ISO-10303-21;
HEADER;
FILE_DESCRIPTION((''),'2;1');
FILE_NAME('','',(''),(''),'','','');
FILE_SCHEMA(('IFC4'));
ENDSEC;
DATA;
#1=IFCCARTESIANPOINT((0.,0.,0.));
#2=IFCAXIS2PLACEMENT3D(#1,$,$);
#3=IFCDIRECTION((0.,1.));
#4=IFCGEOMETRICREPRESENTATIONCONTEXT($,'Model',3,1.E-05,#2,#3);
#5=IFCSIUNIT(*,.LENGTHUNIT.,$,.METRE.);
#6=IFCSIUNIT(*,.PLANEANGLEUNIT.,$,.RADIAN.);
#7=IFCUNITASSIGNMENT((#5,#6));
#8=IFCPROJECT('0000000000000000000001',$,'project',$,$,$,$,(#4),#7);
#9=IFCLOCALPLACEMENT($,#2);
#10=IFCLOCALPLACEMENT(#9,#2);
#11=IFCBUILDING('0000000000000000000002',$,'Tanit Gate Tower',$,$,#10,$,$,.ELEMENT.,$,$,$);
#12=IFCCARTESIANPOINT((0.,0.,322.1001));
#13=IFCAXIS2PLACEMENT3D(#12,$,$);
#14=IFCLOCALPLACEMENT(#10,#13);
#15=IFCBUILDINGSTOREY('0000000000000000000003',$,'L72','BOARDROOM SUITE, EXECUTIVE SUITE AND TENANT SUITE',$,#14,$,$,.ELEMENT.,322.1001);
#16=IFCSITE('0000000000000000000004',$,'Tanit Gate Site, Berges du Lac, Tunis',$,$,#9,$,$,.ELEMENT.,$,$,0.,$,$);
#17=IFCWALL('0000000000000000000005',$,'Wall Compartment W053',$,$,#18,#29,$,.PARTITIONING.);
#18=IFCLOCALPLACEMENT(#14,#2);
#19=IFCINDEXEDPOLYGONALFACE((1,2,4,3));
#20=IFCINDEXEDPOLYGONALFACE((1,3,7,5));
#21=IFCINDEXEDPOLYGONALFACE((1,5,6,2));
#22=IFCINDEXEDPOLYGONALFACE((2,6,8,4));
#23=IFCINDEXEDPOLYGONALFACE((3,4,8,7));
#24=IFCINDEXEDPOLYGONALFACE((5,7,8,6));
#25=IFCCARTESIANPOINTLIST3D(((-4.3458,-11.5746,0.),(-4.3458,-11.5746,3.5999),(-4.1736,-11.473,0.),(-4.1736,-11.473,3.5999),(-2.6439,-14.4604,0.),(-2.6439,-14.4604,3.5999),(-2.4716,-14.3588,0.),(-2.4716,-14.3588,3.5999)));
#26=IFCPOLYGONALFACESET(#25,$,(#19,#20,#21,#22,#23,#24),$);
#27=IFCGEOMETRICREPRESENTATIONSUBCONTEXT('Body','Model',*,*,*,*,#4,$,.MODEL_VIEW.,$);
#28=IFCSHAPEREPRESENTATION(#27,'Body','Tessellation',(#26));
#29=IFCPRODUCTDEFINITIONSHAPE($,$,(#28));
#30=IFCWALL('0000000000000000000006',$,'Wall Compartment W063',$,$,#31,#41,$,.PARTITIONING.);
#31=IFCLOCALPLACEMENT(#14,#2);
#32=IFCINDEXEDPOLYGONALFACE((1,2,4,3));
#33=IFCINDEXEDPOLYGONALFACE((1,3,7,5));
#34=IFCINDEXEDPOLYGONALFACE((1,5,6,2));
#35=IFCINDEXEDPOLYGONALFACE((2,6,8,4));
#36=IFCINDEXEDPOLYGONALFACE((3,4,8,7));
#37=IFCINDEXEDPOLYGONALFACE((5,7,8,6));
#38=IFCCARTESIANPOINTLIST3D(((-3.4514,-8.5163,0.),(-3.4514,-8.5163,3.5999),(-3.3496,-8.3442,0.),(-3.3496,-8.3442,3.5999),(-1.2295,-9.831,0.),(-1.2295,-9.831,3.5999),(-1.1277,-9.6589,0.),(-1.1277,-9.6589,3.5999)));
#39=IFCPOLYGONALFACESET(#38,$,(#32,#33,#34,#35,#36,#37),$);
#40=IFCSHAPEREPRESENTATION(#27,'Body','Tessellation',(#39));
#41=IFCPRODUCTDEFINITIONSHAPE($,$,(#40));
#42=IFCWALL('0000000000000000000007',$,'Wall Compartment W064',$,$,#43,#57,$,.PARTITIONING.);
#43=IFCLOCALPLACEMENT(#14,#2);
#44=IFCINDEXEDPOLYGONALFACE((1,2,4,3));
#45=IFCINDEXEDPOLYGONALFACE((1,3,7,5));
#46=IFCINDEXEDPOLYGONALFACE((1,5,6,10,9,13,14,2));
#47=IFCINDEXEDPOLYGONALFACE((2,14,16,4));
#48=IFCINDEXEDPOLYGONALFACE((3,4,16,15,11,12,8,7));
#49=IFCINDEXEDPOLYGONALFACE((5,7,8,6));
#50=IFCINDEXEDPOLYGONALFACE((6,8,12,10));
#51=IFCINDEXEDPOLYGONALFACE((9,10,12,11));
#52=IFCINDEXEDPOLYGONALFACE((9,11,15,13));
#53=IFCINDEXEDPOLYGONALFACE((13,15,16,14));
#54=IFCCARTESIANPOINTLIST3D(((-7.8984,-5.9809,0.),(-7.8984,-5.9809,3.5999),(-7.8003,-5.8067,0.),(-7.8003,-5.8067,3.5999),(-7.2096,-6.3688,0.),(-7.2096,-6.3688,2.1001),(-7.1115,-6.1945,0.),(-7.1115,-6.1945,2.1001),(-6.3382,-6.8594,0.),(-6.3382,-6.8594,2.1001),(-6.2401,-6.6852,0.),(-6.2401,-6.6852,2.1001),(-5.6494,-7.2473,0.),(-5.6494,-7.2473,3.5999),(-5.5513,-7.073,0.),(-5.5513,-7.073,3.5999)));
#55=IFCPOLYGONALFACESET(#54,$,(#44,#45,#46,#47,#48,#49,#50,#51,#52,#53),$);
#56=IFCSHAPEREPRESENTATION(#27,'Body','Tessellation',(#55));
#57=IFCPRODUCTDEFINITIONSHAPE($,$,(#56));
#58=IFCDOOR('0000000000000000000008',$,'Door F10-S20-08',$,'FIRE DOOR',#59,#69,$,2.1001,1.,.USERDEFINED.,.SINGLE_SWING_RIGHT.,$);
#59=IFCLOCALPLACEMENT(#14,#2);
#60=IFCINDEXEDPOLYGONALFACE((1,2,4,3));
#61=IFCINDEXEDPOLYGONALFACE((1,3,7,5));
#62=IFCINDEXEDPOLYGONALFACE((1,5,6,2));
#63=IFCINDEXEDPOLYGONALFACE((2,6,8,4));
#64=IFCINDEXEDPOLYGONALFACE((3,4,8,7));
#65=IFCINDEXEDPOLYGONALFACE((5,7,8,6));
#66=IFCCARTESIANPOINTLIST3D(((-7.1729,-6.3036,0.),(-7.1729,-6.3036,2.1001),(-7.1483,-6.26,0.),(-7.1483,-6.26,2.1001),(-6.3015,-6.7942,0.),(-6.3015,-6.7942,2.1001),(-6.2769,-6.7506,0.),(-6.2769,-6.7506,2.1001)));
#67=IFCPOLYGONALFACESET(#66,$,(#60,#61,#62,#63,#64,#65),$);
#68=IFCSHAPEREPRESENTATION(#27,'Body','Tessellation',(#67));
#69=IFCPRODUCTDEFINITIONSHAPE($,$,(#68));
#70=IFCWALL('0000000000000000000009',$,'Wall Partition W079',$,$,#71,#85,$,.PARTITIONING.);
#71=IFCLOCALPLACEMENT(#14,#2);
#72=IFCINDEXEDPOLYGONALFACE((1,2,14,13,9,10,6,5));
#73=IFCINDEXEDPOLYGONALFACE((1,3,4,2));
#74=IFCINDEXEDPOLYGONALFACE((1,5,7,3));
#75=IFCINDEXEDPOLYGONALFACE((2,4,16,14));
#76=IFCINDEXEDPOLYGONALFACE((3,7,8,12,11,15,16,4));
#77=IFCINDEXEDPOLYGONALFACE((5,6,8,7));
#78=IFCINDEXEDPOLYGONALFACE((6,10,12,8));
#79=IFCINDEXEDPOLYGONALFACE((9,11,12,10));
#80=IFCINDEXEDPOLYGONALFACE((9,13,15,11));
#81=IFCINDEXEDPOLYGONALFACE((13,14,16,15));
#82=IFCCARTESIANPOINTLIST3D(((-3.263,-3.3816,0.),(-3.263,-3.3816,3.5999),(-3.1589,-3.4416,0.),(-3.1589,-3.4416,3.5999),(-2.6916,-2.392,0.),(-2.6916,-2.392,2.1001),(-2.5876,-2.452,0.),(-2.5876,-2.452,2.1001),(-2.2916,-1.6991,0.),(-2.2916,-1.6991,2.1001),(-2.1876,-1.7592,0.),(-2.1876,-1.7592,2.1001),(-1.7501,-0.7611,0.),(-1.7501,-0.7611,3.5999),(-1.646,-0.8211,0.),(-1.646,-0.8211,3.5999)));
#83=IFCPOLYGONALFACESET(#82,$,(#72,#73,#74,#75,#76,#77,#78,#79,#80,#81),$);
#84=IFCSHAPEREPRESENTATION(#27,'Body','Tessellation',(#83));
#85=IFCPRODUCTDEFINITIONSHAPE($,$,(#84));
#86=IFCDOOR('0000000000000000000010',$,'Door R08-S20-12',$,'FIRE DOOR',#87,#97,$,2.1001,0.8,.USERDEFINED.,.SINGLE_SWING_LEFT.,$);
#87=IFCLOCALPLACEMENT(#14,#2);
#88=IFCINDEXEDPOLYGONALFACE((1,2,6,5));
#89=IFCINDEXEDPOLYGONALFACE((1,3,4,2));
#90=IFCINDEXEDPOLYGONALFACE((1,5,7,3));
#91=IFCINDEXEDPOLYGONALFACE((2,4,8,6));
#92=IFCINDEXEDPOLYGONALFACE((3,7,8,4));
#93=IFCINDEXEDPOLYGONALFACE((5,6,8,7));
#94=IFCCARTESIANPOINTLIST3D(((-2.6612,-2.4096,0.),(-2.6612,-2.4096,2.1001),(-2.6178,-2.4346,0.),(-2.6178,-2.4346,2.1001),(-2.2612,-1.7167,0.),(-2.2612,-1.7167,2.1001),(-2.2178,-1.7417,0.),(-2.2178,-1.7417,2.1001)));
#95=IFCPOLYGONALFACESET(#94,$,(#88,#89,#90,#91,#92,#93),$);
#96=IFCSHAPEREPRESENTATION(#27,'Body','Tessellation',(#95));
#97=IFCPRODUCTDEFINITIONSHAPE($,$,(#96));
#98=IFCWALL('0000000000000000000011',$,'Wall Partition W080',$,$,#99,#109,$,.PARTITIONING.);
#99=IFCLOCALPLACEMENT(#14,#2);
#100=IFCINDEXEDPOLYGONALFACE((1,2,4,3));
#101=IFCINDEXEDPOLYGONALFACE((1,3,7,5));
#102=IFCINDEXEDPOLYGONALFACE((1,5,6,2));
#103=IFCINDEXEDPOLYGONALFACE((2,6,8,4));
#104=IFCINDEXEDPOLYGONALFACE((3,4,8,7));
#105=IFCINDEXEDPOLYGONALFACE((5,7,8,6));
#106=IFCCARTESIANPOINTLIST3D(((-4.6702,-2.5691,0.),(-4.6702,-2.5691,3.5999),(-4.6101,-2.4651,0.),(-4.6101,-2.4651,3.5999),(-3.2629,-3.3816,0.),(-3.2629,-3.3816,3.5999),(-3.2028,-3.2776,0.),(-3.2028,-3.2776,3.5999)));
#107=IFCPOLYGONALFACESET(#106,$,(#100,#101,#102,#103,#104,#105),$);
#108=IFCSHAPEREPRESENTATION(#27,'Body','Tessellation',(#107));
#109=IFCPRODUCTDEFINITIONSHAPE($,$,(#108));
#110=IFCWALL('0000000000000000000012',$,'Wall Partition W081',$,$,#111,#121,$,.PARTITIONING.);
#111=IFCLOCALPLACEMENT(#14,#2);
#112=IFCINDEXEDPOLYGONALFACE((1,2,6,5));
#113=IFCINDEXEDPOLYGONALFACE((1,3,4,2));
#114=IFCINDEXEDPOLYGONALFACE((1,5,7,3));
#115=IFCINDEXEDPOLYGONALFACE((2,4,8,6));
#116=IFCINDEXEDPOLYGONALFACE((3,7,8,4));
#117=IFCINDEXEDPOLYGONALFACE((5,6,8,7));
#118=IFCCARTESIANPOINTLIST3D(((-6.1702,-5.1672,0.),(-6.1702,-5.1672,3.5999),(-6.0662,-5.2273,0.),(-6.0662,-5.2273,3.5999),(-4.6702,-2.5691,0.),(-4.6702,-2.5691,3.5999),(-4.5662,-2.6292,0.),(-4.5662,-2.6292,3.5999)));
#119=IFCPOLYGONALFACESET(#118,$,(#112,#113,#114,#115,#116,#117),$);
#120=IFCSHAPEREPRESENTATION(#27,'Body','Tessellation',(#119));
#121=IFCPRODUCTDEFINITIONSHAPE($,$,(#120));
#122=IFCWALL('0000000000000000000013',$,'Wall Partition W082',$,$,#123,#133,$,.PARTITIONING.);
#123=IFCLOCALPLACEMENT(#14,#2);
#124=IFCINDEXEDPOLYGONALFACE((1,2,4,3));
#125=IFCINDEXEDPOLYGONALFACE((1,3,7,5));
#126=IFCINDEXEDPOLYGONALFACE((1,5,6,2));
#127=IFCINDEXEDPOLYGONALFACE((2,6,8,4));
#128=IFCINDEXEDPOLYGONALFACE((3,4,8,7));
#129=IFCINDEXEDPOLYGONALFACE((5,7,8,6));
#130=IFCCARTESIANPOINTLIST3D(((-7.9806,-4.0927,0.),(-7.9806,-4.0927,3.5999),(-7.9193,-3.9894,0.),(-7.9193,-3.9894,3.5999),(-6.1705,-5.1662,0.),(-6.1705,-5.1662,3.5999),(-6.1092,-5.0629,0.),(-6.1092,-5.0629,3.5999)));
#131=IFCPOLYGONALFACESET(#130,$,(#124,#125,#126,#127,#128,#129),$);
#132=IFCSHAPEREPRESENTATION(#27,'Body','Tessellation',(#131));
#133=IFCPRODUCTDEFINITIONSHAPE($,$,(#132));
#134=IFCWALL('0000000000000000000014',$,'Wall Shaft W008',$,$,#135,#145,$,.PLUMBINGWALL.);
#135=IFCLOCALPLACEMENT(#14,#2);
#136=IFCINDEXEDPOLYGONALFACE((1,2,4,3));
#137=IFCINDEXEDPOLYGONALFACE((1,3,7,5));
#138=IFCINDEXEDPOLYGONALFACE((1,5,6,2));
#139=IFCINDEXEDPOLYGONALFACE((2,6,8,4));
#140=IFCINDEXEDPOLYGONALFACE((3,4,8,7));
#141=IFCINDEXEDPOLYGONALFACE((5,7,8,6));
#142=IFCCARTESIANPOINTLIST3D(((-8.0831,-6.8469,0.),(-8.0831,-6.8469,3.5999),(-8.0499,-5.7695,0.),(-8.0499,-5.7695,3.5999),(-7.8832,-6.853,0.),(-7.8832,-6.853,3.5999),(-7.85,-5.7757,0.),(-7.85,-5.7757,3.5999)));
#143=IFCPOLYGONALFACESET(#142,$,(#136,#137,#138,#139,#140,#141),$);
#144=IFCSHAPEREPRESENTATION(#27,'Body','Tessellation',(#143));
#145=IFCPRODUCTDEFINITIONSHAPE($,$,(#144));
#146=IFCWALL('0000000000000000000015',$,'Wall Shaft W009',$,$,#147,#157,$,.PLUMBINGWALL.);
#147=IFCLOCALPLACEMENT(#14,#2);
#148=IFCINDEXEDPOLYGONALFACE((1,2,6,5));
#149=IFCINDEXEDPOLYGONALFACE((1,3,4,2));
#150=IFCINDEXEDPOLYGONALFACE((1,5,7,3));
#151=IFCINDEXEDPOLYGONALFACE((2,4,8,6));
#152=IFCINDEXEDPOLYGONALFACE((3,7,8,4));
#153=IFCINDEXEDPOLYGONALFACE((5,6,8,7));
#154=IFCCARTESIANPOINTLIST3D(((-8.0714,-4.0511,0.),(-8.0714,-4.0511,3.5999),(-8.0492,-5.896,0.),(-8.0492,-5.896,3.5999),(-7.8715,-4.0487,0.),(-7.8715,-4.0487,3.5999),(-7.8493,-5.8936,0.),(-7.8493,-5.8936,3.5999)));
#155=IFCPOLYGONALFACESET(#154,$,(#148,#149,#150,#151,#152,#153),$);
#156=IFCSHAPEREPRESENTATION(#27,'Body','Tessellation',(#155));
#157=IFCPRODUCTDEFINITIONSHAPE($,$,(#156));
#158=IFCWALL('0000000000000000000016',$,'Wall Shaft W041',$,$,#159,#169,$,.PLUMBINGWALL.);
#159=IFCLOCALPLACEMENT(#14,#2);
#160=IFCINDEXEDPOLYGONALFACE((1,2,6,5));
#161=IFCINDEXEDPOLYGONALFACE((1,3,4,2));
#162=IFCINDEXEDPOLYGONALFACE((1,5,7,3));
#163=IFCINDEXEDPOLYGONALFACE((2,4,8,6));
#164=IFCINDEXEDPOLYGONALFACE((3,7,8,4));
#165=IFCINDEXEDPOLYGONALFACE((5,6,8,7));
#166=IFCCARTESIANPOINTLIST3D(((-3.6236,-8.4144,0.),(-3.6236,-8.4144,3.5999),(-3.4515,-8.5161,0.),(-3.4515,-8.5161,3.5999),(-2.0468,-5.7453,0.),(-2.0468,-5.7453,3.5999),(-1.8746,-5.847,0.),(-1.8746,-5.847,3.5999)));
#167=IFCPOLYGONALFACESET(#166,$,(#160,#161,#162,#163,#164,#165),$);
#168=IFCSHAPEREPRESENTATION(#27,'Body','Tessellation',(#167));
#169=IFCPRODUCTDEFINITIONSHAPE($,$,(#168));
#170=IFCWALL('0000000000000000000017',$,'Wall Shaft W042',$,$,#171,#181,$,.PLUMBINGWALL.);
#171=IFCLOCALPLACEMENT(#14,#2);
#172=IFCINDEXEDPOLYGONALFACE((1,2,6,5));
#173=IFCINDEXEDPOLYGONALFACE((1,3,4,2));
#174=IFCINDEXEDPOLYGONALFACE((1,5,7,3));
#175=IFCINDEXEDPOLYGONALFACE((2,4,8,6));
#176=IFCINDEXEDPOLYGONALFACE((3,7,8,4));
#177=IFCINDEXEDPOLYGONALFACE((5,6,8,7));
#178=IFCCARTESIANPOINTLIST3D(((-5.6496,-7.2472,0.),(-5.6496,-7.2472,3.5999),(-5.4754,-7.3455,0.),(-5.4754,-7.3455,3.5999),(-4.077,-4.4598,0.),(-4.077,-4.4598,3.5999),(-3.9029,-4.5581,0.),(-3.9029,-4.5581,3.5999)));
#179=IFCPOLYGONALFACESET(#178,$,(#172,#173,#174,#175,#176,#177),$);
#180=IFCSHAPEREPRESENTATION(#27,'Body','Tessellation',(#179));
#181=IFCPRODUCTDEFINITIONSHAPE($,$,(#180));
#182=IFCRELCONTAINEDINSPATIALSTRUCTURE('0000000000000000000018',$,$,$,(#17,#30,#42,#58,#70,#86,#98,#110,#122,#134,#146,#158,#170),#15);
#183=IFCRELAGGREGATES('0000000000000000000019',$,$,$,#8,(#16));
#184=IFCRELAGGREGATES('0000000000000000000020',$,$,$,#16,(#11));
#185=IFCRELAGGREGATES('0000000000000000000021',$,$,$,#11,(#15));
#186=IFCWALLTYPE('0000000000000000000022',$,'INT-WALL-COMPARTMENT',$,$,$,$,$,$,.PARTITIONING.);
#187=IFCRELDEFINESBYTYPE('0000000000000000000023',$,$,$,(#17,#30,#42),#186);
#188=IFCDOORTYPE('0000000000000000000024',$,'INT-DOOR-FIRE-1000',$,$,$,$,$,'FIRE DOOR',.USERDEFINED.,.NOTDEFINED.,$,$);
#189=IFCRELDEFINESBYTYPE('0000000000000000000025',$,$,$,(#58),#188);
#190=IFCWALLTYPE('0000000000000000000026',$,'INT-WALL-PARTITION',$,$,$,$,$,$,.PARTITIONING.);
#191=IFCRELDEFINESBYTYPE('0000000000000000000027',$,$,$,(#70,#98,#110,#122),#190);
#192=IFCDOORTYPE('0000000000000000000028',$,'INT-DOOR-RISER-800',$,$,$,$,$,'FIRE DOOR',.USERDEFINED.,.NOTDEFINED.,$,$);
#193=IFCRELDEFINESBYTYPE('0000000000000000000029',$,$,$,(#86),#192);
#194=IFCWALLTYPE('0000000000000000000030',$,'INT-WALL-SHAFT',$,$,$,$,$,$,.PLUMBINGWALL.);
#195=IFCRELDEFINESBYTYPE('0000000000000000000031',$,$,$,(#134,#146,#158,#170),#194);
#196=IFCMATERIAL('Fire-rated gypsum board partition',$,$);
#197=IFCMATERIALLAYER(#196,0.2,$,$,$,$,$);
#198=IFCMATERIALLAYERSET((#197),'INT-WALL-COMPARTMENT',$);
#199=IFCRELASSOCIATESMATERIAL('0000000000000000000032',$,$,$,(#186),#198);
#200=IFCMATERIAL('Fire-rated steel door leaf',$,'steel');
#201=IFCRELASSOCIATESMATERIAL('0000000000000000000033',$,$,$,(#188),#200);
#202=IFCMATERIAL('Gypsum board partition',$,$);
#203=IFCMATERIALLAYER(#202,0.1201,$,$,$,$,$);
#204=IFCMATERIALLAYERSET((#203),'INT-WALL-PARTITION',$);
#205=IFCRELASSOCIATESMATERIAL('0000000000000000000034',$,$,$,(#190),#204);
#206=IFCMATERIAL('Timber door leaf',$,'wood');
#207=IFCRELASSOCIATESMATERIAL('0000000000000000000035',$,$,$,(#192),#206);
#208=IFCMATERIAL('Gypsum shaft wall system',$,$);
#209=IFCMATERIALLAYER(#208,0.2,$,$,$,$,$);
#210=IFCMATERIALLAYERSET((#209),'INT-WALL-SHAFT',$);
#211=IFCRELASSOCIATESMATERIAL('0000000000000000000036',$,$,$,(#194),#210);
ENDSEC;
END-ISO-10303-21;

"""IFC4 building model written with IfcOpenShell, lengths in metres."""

from ifc_helpers import new_model, si_unit, direction, frame, frame_2d, origin, place, context, subcontext, project, spatial, rectangle, extrude, material, layer, layer_set, type_object, element, fill, save


model = new_model("IFC4")

# Units and contexts
model_context = context("Model", 3, precision=1e-05, world=origin(), true_north=direction((0.0, 1.0)))
body_context = subcontext(model_context, "Body", "Model", "MODEL_VIEW")
ifc_project = project(units=[si_unit("LENGTHUNIT", "METRE"), si_unit("PLANEANGLEUNIT", "RADIAN")], contexts=[model_context])

# Site, building, storey
site_placement = place(None, origin())
site = spatial("IfcSite", under=ifc_project, at=site_placement, Name="Tanit Gate Site, Berges du Lac, Tunis", CompositionType="ELEMENT", RefElevation=0.0)
building_placement = place(site_placement, origin())
building = spatial("IfcBuilding", under=site, at=building_placement, Name="Tanit Gate Tower", CompositionType="ELEMENT")
storey_placement = place(building_placement, frame((0.0, 0.0, 322.1001)))
storey = spatial("IfcBuildingStorey", under=building, at=storey_placement, Name="L72", Description="BOARDROOM SUITE, EXECUTIVE SUITE AND TENANT SUITE", CompositionType="ELEMENT", Elevation=322.1001)

# Walls
ifc_material_1 = material(Name="Fire-rated gypsum board partition")
ifc_layer_1 = layer(ifc_material_1, 0.2)
ifc_layer_set_1 = layer_set([ifc_layer_1], Name="INT-WALL-COMPARTMENT")
wall_type_1 = type_object("IfcWallType", Name="INT-WALL-COMPARTMENT", PredefinedType="PARTITIONING", material=ifc_layer_set_1)
wall_1_placement = place(storey_placement, frame((-4.2598, -11.5237, 0.0), z_axis=(0.0, 0.0, 1.0), x_axis=(0.507997, -0.861359, 0.0)))
element("IfcWall", 1, at=wall_1_placement, inside=storey, type_object=wall_type_1, Name="Wall Compartment W053", PredefinedType="PARTITIONING", context=body_context, shape_type="SweptSolid", body=[
    extrude(rectangle(XDim=3.3503, YDim=0.2, at=frame_2d((1.6753, 0.0))), origin(), (0.0, 0.0, 1.0), 3.5999),
])
wall_2_placement = place(storey_placement, frame((-3.4006, -8.4302, 0.0), z_axis=(0.0, 0.0, 1.0), x_axis=(0.860631, -0.509229, 0.0)))
element("IfcWall", 2, at=wall_2_placement, inside=storey, type_object=wall_type_1, Name="Wall Compartment W063", PredefinedType="PARTITIONING", context=body_context, shape_type="SweptSolid", body=[
    extrude(rectangle(XDim=2.5818, YDim=0.2, at=frame_2d((1.291, 0.0))), origin(), (0.0, 0.0, 1.0), 3.5999),
])

# Walls, openings, doors
wall_3_placement = place(storey_placement, frame((-7.8494, -5.8938, 0.0), z_axis=(0.0, 0.0, 1.0), x_axis=(0.871363, -0.490638, 0.0)))
wall_3 = element("IfcWall", 3, at=wall_3_placement, inside=storey, type_object=wall_type_1, Name="Wall Compartment W064", PredefinedType="PARTITIONING", context=body_context, shape_type="SweptSolid", body=[
    extrude(rectangle(XDim=2.5811, YDim=0.2, at=frame_2d((1.2905, 0.0))), origin(), (0.0, 0.0, 1.0), 3.5999),
])
opening_1_placement = place(wall_3_placement, frame((0.7905, 0.0, 0.0)))
opening_1 = element("IfcOpeningElement", 4, at=opening_1_placement, cuts=wall_3, PredefinedType="OPENING", context=body_context, shape_type="SweptSolid", body=[
    extrude(rectangle(XDim=1.0, YDim=2.1001, at=frame_2d((0.5, 1.05))), frame((0.0, 0.1099, 0.0), z_axis=(0.0, -1.0, 0.0), x_axis=(1.0, 0.0, 0.0)), (0.0, 0.0, 1.0), 0.22),
])
ifc_material_2 = material(Name="Fire-rated steel door leaf", Category="steel")
door_type_1 = type_object("IfcDoorType", Name="INT-DOOR-FIRE-1000", ElementType="FIRE DOOR", OperationType="NOTDEFINED", PredefinedType="USERDEFINED", material=ifc_material_2)
door_1_placement = place(opening_1_placement, origin())
door_1 = element("IfcDoor", 5, at=door_1_placement, inside=storey, type_object=door_type_1, Name="Door F10-S20-08", ObjectType="FIRE DOOR", OperationType="SINGLE_SWING_RIGHT", OverallHeight=2.1001, OverallWidth=1.0, PredefinedType="USERDEFINED", context=body_context, shape_type="SweptSolid", body=[
    extrude(rectangle(XDim=1.0, YDim=2.1001, at=frame_2d((0.5, 1.05))), frame((0.0, 0.0249, 0.0), z_axis=(0.0, -1.0, 0.0), x_axis=(1.0, 0.0, 0.0)), (0.0, 0.0, 1.0), 0.05),
])
fill(opening_1, door_1)
ifc_material_3 = material(Name="Gypsum board partition")
ifc_layer_2 = layer(ifc_material_3, 0.1201)
ifc_layer_set_2 = layer_set([ifc_layer_2], Name="INT-WALL-PARTITION")
wall_type_2 = type_object("IfcWallType", Name="INT-WALL-PARTITION", PredefinedType="PARTITIONING", material=ifc_layer_set_2)
wall_4_placement = place(storey_placement, frame((-3.2109, -3.4116, 0.0), z_axis=(0.0, 0.0, 1.0), x_axis=(0.499983, 0.866035, 0.0)))
wall_4 = element("IfcWall", 6, at=wall_4_placement, inside=storey, type_object=wall_type_2, Name="Wall Partition W079", PredefinedType="PARTITIONING", context=body_context, shape_type="SweptSolid", body=[
    extrude(rectangle(XDim=3.0259, YDim=0.1201, at=frame_2d((1.5129, 0.0))), origin(), (0.0, 0.0, 1.0), 3.5999),
])
opening_2_placement = place(wall_4_placement, frame((1.1428, 0.0, 0.0)))
opening_2 = element("IfcOpeningElement", 7, at=opening_2_placement, cuts=wall_4, PredefinedType="OPENING", context=body_context, shape_type="SweptSolid", body=[
    extrude(rectangle(XDim=0.8, YDim=2.1001, at=frame_2d((0.3999, 1.05))), frame((0.0, 0.0701, 0.0), z_axis=(0.0, -1.0, 0.0), x_axis=(1.0, 0.0, 0.0)), (0.0, 0.0, 1.0), 0.1401),
])
ifc_material_4 = material(Name="Timber door leaf", Category="wood")
door_type_2 = type_object("IfcDoorType", Name="INT-DOOR-RISER-800", ElementType="FIRE DOOR", OperationType="NOTDEFINED", PredefinedType="USERDEFINED", material=ifc_material_4)
door_2_placement = place(opening_2_placement, origin())
door_2 = element("IfcDoor", 8, at=door_2_placement, inside=storey, type_object=door_type_2, Name="Door R08-S20-12", ObjectType="FIRE DOOR", OperationType="SINGLE_SWING_LEFT", OverallHeight=2.1001, OverallWidth=0.8, PredefinedType="USERDEFINED", context=body_context, shape_type="SweptSolid", body=[
    extrude(rectangle(XDim=0.8, YDim=2.1001, at=frame_2d((0.3999, 1.05))), frame((0.0, 0.0249, 0.0), z_axis=(0.0, -1.0, 0.0), x_axis=(1.0, 0.0, 0.0)), (0.0, 0.0, 1.0), 0.05),
])
fill(opening_2, door_2)

# Walls
wall_5_placement = place(storey_placement, frame((-4.6401, -2.5171, 0.0), z_axis=(0.0, 0.0, 1.0), x_axis=(0.866015, -0.500017, 0.0)))
element("IfcWall", 9, at=wall_5_placement, inside=storey, type_object=wall_type_2, Name="Wall Partition W080", PredefinedType="PARTITIONING", context=body_context, shape_type="SweptSolid", body=[
    extrude(rectangle(XDim=1.625, YDim=0.1201, at=frame_2d((0.8125, 0.0))), origin(), (0.0, 0.0, 1.0), 3.5999),
])
wall_6_placement = place(storey_placement, frame((-6.1182, -5.1973, 0.0), z_axis=(0.0, 0.0, 1.0), x_axis=(0.49999, 0.866031, 0.0)))
element("IfcWall", 10, at=wall_6_placement, inside=storey, type_object=wall_type_2, Name="Wall Partition W081", PredefinedType="PARTITIONING", context=body_context, shape_type="SweptSolid", body=[
    extrude(rectangle(XDim=3.0, YDim=0.1201, at=frame_2d((1.5, 0.0))), origin(), (0.0, 0.0, 1.0), 3.5999),
])
wall_7_placement = place(storey_placement, frame((-7.95, -4.041, 0.0), z_axis=(0.0, 0.0, 1.0), x_axis=(0.860112, -0.510104, 0.0)))
element("IfcWall", 11, at=wall_7_placement, inside=storey, type_object=wall_type_2, Name="Wall Partition W082", PredefinedType="PARTITIONING", context=body_context, shape_type="SweptSolid", body=[
    extrude(rectangle(XDim=2.1045, YDim=0.1201, at=frame_2d((1.0522, 0.0))), origin(), (0.0, 0.0, 1.0), 3.5999),
])
ifc_material_5 = material(Name="Gypsum shaft wall system")
ifc_layer_3 = layer(ifc_material_5, 0.2)
ifc_layer_set_3 = layer_set([ifc_layer_3], Name="INT-WALL-SHAFT")
wall_type_3 = type_object("IfcWallType", Name="INT-WALL-SHAFT", PredefinedType="PLUMBINGWALL", material=ifc_layer_set_3)
wall_8_placement = place(storey_placement, frame((-7.95, -5.7725, 0.0), z_axis=(0.0, 0.0, 1.0), x_axis=(-0.030803, -0.999525, 0.0)))
element("IfcWall", 12, at=wall_8_placement, inside=storey, type_object=wall_type_3, Name="Wall Shaft W008", PredefinedType="PLUMBINGWALL", context=body_context, shape_type="SweptSolid", body=[
    extrude(rectangle(XDim=1.0779, YDim=0.2, at=frame_2d((0.5391, 0.0))), origin(), (0.0, 0.0, 1.0), 3.5999),
])
wall_9_placement = place(storey_placement, frame((-7.9714, -4.05, 0.0), z_axis=(0.0, 0.0, 1.0), x_axis=(0.012043, -0.999927, 0.0)))
element("IfcWall", 13, at=wall_9_placement, inside=storey, type_object=wall_type_3, Name="Wall Shaft W009", PredefinedType="PLUMBINGWALL", context=body_context, shape_type="SweptSolid", body=[
    extrude(rectangle(XDim=1.845, YDim=0.2, at=frame_2d((0.9224, 0.0))), origin(), (0.0, 0.0, 1.0), 3.5999),
])

# Walls
wall_10_placement = place(storey_placement, frame((-1.9607, -5.7961, 0.0), z_axis=(0.0, 0.0, 1.0), x_axis=(-0.508647, -0.860975, 0.0)))
element("IfcWall", 14, at=wall_10_placement, inside=storey, type_object=wall_type_3, Name="Wall Shaft W041", PredefinedType="PLUMBINGWALL", context=body_context, shape_type="SweptSolid", body=[
    extrude(rectangle(XDim=3.1001, YDim=0.2, at=frame_2d((1.55, 0.0))), origin(), (0.0, 0.0, 1.0), 3.5999),
])
wall_11_placement = place(storey_placement, frame((-3.99, -4.509, 0.0), z_axis=(0.0, 0.0, 1.0), x_axis=(-0.491358, -0.870958, 0.0)))
element("IfcWall", 15, at=wall_11_placement, inside=storey, type_object=wall_type_3, Name="Wall Shaft W042", PredefinedType="PLUMBINGWALL", context=body_context, shape_type="SweptSolid", body=[
    extrude(rectangle(XDim=3.2004, YDim=0.2, at=frame_2d((1.6001, 0.0))), origin(), (0.0, 0.0, 1.0), 3.5999),
])

save(model, "model.ifc")
